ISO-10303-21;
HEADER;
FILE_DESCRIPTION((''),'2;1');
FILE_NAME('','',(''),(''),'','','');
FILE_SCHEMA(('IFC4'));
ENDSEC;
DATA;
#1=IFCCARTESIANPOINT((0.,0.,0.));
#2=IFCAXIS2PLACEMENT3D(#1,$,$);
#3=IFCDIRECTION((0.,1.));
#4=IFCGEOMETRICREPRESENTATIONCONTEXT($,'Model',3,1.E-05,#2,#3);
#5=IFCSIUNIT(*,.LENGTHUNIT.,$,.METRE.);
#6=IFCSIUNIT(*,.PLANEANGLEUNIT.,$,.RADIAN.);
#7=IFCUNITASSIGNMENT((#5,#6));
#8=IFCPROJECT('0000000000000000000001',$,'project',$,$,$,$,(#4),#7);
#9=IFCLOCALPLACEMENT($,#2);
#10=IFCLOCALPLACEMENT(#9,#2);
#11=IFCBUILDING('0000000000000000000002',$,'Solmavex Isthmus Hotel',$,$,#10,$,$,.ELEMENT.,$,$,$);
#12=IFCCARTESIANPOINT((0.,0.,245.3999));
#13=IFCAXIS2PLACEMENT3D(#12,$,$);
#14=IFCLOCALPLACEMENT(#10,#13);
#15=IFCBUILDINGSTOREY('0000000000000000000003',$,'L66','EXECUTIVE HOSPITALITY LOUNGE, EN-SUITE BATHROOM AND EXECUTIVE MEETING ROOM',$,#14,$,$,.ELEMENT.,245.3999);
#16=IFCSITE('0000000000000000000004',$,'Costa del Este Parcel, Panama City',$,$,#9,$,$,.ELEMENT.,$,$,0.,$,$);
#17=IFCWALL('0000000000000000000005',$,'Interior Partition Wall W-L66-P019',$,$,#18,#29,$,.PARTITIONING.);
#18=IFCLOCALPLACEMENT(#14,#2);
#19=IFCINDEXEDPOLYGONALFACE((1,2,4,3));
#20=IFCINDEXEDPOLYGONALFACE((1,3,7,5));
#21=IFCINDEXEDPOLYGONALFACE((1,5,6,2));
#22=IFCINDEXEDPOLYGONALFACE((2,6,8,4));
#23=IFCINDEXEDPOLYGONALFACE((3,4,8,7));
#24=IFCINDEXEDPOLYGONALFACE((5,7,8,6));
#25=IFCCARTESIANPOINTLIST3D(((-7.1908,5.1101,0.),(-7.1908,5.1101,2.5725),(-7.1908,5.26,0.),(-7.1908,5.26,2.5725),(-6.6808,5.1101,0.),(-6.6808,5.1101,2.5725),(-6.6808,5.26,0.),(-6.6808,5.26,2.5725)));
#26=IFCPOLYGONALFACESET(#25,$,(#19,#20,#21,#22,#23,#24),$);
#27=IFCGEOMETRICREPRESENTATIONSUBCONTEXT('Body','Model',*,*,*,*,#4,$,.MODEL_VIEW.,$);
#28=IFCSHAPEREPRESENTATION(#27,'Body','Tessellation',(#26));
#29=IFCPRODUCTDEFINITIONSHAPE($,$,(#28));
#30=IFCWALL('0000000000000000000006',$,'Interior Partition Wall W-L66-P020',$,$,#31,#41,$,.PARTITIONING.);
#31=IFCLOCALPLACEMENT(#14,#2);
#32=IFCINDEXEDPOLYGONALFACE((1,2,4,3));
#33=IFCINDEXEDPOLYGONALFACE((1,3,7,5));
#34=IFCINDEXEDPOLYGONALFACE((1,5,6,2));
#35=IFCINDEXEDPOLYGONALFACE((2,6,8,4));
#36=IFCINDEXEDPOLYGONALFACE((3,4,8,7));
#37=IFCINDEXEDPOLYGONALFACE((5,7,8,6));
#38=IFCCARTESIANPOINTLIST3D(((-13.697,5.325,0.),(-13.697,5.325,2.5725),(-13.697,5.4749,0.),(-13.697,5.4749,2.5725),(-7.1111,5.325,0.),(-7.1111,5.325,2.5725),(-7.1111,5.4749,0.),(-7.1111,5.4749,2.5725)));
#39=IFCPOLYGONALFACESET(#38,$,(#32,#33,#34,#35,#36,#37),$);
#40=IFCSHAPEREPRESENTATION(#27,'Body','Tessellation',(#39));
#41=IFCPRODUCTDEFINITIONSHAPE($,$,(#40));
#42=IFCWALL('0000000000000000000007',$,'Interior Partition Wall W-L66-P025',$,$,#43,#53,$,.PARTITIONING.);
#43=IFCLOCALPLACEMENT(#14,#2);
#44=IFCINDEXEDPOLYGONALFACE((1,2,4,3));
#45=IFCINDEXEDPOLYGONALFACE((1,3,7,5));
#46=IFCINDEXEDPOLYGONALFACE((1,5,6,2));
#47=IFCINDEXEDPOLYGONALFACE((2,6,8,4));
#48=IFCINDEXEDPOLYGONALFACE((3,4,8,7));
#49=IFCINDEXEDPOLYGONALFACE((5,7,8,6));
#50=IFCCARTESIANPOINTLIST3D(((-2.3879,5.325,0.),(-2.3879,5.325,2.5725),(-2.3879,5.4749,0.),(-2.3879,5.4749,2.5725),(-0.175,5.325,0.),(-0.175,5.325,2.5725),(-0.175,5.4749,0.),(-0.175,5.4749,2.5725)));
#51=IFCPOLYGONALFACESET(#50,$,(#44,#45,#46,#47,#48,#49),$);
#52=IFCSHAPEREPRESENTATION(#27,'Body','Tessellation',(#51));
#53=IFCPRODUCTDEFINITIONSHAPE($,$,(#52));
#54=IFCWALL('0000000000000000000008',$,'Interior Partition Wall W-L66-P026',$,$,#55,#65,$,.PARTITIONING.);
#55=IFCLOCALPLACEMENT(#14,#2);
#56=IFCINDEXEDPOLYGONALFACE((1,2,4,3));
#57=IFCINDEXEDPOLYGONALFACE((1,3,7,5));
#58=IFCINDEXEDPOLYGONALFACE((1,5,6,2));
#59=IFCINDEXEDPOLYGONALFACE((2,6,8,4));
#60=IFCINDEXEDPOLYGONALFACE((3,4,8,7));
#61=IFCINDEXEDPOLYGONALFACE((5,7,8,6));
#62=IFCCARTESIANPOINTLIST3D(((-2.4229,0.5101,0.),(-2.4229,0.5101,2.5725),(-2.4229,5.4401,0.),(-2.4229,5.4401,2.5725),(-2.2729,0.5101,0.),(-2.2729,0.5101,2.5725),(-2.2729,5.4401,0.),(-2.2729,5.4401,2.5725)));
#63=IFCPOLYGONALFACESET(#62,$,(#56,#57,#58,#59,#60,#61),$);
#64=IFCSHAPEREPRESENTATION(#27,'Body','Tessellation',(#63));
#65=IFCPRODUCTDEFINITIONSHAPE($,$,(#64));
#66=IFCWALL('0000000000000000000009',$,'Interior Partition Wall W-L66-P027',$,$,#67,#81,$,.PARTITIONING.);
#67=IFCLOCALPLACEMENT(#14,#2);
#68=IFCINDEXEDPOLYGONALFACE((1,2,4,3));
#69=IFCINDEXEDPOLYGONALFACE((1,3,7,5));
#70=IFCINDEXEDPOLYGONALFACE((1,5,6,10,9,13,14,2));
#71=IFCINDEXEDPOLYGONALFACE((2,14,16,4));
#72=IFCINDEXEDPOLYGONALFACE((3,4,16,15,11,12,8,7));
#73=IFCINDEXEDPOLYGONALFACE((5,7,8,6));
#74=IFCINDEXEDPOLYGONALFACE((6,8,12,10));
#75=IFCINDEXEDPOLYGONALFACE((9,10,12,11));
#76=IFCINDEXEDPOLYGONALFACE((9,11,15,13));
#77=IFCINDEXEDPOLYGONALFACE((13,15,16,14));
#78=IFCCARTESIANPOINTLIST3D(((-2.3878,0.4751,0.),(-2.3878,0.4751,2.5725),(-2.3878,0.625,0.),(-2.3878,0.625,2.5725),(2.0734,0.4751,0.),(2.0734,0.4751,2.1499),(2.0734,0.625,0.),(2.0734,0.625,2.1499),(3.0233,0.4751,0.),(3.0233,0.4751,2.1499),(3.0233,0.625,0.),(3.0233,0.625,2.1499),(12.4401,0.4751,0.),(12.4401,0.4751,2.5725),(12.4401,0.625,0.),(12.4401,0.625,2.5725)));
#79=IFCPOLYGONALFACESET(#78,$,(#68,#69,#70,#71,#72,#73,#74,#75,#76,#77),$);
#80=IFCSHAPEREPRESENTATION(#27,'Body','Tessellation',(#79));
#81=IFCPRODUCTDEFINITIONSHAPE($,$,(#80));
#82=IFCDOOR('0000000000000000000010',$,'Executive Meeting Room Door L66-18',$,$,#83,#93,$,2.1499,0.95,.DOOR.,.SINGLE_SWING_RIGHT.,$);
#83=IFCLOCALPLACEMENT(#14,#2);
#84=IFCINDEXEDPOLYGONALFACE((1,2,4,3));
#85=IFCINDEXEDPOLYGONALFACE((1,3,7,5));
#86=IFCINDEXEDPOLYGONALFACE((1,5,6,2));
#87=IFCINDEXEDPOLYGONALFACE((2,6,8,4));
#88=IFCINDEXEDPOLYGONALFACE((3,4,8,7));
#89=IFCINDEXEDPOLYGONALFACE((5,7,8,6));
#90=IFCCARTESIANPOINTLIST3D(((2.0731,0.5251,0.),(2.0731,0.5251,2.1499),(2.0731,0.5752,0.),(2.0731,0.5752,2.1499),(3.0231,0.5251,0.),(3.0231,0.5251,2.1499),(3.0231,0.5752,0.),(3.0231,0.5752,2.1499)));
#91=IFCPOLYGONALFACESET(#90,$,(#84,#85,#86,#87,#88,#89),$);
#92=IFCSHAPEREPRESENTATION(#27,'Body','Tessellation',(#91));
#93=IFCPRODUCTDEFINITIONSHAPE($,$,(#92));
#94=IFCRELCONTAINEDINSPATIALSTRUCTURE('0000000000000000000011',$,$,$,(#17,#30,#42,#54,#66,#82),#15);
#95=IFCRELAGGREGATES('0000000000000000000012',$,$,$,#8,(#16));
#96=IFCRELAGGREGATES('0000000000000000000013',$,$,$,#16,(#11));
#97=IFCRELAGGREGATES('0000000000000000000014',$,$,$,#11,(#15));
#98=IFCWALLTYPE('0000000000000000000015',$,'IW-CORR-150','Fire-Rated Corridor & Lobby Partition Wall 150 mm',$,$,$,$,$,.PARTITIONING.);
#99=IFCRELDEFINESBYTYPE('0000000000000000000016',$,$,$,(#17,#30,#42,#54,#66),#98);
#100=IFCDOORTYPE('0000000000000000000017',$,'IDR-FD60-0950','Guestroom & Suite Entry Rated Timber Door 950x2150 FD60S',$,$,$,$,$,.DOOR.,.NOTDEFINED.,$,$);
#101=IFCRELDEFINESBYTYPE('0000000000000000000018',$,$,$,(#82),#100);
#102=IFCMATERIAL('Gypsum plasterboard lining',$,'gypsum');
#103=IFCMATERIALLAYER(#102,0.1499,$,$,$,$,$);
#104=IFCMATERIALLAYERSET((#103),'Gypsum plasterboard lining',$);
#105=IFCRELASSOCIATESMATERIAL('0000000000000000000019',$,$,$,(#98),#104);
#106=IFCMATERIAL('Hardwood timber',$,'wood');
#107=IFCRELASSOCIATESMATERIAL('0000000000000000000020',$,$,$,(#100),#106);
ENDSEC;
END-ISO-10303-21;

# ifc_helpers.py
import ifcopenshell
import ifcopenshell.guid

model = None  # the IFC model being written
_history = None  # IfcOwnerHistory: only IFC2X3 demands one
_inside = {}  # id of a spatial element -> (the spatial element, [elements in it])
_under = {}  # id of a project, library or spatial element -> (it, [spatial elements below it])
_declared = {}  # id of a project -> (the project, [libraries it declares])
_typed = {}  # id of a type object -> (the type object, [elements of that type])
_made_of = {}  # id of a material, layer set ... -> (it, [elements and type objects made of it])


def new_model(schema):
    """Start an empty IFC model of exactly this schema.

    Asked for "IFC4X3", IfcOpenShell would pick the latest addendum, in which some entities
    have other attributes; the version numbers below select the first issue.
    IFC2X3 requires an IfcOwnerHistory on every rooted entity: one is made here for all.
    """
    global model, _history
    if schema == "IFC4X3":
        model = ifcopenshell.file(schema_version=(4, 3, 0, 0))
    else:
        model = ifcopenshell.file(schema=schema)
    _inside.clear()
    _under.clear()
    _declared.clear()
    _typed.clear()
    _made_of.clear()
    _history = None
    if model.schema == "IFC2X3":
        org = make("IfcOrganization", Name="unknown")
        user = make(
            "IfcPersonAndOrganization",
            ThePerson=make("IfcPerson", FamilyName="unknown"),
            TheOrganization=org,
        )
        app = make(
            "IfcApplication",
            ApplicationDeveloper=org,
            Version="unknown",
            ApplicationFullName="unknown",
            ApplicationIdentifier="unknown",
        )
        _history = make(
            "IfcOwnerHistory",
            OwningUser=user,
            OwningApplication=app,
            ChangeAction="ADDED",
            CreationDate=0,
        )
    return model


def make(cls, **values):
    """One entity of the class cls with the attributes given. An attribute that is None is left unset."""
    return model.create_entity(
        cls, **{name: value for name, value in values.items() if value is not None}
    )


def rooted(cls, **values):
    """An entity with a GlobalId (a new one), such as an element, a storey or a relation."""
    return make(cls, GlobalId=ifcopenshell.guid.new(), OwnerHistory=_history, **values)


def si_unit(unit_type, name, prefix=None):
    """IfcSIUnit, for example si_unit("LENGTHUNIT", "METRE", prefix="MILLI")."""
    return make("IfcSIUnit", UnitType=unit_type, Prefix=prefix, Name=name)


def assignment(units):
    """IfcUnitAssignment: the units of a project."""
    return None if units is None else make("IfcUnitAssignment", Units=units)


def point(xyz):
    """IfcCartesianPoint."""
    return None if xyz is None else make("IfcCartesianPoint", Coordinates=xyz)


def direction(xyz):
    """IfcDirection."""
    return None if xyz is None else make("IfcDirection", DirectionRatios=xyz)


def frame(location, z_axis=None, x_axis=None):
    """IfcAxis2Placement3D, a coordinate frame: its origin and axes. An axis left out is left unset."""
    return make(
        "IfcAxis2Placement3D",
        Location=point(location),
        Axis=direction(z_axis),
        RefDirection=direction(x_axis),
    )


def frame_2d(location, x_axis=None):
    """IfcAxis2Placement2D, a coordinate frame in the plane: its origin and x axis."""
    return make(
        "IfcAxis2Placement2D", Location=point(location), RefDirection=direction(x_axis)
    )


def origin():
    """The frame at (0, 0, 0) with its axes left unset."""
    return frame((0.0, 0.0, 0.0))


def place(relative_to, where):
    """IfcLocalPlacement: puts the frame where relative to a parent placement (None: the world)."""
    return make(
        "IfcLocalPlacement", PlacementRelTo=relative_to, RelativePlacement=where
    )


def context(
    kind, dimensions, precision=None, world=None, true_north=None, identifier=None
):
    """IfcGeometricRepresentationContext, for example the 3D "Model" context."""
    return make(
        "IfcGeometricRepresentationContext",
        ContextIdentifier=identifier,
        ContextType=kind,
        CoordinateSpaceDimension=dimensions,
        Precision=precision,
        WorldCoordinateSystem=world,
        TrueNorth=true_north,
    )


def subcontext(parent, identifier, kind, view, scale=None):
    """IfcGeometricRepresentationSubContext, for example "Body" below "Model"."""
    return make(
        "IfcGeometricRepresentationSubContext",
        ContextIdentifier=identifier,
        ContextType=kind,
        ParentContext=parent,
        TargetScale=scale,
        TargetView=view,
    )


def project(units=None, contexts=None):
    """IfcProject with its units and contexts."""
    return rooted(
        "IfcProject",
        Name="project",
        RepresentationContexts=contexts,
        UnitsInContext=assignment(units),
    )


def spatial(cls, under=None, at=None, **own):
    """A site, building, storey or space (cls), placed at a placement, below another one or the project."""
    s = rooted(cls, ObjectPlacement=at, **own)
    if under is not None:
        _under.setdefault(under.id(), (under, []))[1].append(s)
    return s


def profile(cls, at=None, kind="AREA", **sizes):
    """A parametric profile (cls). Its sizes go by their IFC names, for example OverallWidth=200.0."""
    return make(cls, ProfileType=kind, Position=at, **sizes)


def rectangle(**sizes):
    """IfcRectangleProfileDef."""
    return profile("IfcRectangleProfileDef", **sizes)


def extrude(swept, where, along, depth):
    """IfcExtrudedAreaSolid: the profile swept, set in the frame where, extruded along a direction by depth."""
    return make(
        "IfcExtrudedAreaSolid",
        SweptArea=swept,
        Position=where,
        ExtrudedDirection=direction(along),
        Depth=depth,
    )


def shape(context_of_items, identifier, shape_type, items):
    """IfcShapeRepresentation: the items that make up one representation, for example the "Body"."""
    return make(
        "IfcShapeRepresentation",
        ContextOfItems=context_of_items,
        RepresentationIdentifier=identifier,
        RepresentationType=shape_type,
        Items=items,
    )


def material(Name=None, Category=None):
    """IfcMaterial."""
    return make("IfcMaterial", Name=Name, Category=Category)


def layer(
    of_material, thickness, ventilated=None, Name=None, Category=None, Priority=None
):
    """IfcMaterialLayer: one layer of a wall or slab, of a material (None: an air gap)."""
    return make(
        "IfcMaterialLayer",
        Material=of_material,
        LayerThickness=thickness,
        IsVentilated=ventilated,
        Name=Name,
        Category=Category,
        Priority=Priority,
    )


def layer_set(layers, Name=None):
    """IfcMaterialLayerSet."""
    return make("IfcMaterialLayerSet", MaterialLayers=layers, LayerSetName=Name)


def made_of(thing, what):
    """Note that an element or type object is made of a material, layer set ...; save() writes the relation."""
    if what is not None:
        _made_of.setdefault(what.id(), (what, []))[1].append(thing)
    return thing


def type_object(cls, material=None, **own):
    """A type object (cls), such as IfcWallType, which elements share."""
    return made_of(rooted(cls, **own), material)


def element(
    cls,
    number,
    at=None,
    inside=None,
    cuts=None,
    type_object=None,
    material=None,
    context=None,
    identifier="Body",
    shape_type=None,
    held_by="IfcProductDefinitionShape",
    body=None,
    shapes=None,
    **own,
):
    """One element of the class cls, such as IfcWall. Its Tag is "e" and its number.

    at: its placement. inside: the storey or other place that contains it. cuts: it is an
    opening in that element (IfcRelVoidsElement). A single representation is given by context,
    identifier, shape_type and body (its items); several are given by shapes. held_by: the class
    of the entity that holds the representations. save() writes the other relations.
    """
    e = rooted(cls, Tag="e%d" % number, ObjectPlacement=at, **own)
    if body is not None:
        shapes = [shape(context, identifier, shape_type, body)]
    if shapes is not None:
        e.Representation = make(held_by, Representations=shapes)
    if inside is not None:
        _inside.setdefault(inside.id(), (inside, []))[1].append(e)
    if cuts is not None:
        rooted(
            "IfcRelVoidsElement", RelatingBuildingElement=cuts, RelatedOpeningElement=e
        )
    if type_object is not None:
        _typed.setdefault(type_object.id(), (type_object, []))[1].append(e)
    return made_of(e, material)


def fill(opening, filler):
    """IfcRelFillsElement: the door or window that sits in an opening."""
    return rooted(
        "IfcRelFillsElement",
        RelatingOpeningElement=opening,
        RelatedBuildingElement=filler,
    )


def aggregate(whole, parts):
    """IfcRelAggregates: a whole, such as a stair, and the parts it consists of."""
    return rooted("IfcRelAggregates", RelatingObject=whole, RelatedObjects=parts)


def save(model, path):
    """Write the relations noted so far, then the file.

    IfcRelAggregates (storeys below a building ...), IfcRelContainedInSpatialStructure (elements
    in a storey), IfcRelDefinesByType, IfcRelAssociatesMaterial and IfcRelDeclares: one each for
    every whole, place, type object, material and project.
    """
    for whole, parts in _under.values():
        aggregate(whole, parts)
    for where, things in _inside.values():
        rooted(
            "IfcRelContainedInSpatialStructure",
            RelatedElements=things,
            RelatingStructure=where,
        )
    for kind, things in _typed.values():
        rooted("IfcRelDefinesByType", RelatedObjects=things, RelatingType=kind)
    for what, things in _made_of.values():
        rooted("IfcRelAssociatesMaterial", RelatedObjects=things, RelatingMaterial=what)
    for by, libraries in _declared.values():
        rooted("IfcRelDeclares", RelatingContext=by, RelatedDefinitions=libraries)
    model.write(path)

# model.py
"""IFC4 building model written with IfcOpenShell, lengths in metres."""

from ifc_helpers import new_model, si_unit, direction, frame, frame_2d, origin, place, context, subcontext, project, spatial, rectangle, extrude, material, layer, layer_set, type_object, element, fill, save


model = new_model("IFC4")

# Units and contexts
model_context = context("Model", 3, precision=1e-05, world=origin(), true_north=direction((0.0, 1.0)))
body_context = subcontext(model_context, "Body", "Model", "MODEL_VIEW")
ifc_project = project(units=[si_unit("LENGTHUNIT", "METRE"), si_unit("PLANEANGLEUNIT", "RADIAN")], contexts=[model_context])

# Site, building, storey
site_placement = place(None, origin())
site = spatial("IfcSite", under=ifc_project, at=site_placement, Name="Costa del Este Parcel, Panama City", CompositionType="ELEMENT", RefElevation=0.0)
building_placement = place(site_placement, origin())
building = spatial("IfcBuilding", under=site, at=building_placement, Name="Solmavex Isthmus Hotel", CompositionType="ELEMENT")
storey_placement = place(building_placement, frame((0.0, 0.0, 245.3999)))
storey = spatial("IfcBuildingStorey", under=building, at=storey_placement, Name="L66", Description="EXECUTIVE HOSPITALITY LOUNGE, EN-SUITE BATHROOM AND EXECUTIVE MEETING ROOM", CompositionType="ELEMENT", Elevation=245.3999)

# Shared definitions
ifc_material_1 = material(Name="Gypsum plasterboard lining", Category="gypsum")
ifc_layer_1 = layer(ifc_material_1, 0.1499)
ifc_layer_set_1 = layer_set([ifc_layer_1], Name="Gypsum plasterboard lining")
wall_type_1 = type_object("IfcWallType", Name="IW-CORR-150", Description="Fire-Rated Corridor & Lobby Partition Wall 150 mm", PredefinedType="PARTITIONING", material=ifc_layer_set_1)

# Shared definitions
ifc_material_2 = material(Name="Hardwood timber", Category="wood")
door_type = type_object("IfcDoorType", Name="IDR-FD60-0950", Description="Guestroom & Suite Entry Rated Timber Door 950x2150 FD60S", OperationType="NOTDEFINED", PredefinedType="DOOR", material=ifc_material_2)

# Walls
wall_1_placement = place(storey_placement, frame((-6.6809, 5.1851, 0.0), z_axis=(0.0, 0.0, 1.0), x_axis=(-1.0, 0.0, 0.0)))
element("IfcWall", 1, at=wall_1_placement, inside=storey, type_object=wall_type_1, Name="Interior Partition Wall W-L66-P019", PredefinedType="PARTITIONING", context=body_context, shape_type="SweptSolid", body=[
    extrude(rectangle(XDim=0.51, YDim=0.1499, at=frame_2d((0.2549, 0.0))), origin(), (0.0, 0.0, 1.0), 2.5725),
])
wall_2_placement = place(storey_placement, frame((-7.1111, 5.3999, 0.0), z_axis=(0.0, 0.0, 1.0), x_axis=(-1.0, 0.0, 0.0)))
element("IfcWall", 2, at=wall_2_placement, inside=storey, type_object=wall_type_1, Name="Interior Partition Wall W-L66-P020", PredefinedType="PARTITIONING", context=body_context, shape_type="SweptSolid", body=[
    extrude(rectangle(XDim=6.5859, YDim=0.1499, at=frame_2d((3.293, 0.0))), origin(), (0.0, 0.0, 1.0), 2.5725),
])
wall_3_placement = place(storey_placement, frame((-0.175, 5.3999, 0.0), z_axis=(0.0, 0.0, 1.0), x_axis=(-1.0, 0.0, 0.0)))
element("IfcWall", 3, at=wall_3_placement, inside=storey, type_object=wall_type_1, Name="Interior Partition Wall W-L66-P025", PredefinedType="PARTITIONING", context=body_context, shape_type="SweptSolid", body=[
    extrude(rectangle(XDim=2.2129, YDim=0.1499, at=frame_2d((1.1064, 0.0))), origin(), (0.0, 0.0, 1.0), 2.5725),
])
wall_4_placement = place(storey_placement, frame((-2.3479, 5.4399, 0.0), z_axis=(0.0, 0.0, 1.0), x_axis=(0.0, -1.0, 0.0)))
element("IfcWall", 4, at=wall_4_placement, inside=storey, type_object=wall_type_1, Name="Interior Partition Wall W-L66-P026", PredefinedType="PARTITIONING", context=body_context, shape_type="SweptSolid", body=[
    extrude(rectangle(XDim=4.9299, YDim=0.1499, at=frame_2d((2.4648, 0.0))), origin(), (0.0, 0.0, 1.0), 2.5725),
])

# Wall, opening, door
wall_5_placement = place(storey_placement, frame((-2.3879, 0.55, 0.0), z_axis=(0.0, 0.0, 1.0), x_axis=(1.0, 0.0, 0.0)))
wall_5 = element("IfcWall", 5, at=wall_5_placement, inside=storey, type_object=wall_type_1, Name="Interior Partition Wall W-L66-P027", PredefinedType="PARTITIONING", context=body_context, shape_type="SweptSolid", body=[
    extrude(rectangle(XDim=14.8279, YDim=0.1499, at=frame_2d((7.4141, 0.0))), origin(), (0.0, 0.0, 1.0), 2.5725),
])
opening_1_placement = place(wall_5_placement, frame((4.4612, 0.0, 0.0)))
opening_1 = element("IfcOpeningElement", 6, at=opening_1_placement, cuts=wall_5, PredefinedType="OPENING", context=body_context, shape_type="SweptSolid", body=[
    extrude(rectangle(XDim=0.95, YDim=2.1499, at=frame_2d((0.4751, 1.075))), frame((0.0, 0.085, 0.0), z_axis=(0.0, -1.0, 0.0), x_axis=(1.0, 0.0, 0.0)), (0.0, 0.0, 1.0), 0.1699),
])
door_1_placement = place(opening_1_placement, frame((0.95, 0.0, 0.0), z_axis=(0.0, 0.0, 1.0), x_axis=(-1.0, 0.0, 0.0)))
door_1 = element("IfcDoor", 7, at=door_1_placement, inside=storey, type_object=door_type, Name="Executive Meeting Room Door L66-18", OperationType="SINGLE_SWING_RIGHT", OverallHeight=2.1499, OverallWidth=0.95, PredefinedType="DOOR", context=body_context, shape_type="SweptSolid", body=[
    extrude(rectangle(XDim=0.95, YDim=2.1499, at=frame_2d((0.4751, 1.075))), frame((0.0, 0.0249, 0.0), z_axis=(0.0, -1.0, 0.0), x_axis=(1.0, 0.0, 0.0)), (0.0, 0.0, 1.0), 0.05),
])
fill(opening_1, door_1)

save(model, "model.ifc")
